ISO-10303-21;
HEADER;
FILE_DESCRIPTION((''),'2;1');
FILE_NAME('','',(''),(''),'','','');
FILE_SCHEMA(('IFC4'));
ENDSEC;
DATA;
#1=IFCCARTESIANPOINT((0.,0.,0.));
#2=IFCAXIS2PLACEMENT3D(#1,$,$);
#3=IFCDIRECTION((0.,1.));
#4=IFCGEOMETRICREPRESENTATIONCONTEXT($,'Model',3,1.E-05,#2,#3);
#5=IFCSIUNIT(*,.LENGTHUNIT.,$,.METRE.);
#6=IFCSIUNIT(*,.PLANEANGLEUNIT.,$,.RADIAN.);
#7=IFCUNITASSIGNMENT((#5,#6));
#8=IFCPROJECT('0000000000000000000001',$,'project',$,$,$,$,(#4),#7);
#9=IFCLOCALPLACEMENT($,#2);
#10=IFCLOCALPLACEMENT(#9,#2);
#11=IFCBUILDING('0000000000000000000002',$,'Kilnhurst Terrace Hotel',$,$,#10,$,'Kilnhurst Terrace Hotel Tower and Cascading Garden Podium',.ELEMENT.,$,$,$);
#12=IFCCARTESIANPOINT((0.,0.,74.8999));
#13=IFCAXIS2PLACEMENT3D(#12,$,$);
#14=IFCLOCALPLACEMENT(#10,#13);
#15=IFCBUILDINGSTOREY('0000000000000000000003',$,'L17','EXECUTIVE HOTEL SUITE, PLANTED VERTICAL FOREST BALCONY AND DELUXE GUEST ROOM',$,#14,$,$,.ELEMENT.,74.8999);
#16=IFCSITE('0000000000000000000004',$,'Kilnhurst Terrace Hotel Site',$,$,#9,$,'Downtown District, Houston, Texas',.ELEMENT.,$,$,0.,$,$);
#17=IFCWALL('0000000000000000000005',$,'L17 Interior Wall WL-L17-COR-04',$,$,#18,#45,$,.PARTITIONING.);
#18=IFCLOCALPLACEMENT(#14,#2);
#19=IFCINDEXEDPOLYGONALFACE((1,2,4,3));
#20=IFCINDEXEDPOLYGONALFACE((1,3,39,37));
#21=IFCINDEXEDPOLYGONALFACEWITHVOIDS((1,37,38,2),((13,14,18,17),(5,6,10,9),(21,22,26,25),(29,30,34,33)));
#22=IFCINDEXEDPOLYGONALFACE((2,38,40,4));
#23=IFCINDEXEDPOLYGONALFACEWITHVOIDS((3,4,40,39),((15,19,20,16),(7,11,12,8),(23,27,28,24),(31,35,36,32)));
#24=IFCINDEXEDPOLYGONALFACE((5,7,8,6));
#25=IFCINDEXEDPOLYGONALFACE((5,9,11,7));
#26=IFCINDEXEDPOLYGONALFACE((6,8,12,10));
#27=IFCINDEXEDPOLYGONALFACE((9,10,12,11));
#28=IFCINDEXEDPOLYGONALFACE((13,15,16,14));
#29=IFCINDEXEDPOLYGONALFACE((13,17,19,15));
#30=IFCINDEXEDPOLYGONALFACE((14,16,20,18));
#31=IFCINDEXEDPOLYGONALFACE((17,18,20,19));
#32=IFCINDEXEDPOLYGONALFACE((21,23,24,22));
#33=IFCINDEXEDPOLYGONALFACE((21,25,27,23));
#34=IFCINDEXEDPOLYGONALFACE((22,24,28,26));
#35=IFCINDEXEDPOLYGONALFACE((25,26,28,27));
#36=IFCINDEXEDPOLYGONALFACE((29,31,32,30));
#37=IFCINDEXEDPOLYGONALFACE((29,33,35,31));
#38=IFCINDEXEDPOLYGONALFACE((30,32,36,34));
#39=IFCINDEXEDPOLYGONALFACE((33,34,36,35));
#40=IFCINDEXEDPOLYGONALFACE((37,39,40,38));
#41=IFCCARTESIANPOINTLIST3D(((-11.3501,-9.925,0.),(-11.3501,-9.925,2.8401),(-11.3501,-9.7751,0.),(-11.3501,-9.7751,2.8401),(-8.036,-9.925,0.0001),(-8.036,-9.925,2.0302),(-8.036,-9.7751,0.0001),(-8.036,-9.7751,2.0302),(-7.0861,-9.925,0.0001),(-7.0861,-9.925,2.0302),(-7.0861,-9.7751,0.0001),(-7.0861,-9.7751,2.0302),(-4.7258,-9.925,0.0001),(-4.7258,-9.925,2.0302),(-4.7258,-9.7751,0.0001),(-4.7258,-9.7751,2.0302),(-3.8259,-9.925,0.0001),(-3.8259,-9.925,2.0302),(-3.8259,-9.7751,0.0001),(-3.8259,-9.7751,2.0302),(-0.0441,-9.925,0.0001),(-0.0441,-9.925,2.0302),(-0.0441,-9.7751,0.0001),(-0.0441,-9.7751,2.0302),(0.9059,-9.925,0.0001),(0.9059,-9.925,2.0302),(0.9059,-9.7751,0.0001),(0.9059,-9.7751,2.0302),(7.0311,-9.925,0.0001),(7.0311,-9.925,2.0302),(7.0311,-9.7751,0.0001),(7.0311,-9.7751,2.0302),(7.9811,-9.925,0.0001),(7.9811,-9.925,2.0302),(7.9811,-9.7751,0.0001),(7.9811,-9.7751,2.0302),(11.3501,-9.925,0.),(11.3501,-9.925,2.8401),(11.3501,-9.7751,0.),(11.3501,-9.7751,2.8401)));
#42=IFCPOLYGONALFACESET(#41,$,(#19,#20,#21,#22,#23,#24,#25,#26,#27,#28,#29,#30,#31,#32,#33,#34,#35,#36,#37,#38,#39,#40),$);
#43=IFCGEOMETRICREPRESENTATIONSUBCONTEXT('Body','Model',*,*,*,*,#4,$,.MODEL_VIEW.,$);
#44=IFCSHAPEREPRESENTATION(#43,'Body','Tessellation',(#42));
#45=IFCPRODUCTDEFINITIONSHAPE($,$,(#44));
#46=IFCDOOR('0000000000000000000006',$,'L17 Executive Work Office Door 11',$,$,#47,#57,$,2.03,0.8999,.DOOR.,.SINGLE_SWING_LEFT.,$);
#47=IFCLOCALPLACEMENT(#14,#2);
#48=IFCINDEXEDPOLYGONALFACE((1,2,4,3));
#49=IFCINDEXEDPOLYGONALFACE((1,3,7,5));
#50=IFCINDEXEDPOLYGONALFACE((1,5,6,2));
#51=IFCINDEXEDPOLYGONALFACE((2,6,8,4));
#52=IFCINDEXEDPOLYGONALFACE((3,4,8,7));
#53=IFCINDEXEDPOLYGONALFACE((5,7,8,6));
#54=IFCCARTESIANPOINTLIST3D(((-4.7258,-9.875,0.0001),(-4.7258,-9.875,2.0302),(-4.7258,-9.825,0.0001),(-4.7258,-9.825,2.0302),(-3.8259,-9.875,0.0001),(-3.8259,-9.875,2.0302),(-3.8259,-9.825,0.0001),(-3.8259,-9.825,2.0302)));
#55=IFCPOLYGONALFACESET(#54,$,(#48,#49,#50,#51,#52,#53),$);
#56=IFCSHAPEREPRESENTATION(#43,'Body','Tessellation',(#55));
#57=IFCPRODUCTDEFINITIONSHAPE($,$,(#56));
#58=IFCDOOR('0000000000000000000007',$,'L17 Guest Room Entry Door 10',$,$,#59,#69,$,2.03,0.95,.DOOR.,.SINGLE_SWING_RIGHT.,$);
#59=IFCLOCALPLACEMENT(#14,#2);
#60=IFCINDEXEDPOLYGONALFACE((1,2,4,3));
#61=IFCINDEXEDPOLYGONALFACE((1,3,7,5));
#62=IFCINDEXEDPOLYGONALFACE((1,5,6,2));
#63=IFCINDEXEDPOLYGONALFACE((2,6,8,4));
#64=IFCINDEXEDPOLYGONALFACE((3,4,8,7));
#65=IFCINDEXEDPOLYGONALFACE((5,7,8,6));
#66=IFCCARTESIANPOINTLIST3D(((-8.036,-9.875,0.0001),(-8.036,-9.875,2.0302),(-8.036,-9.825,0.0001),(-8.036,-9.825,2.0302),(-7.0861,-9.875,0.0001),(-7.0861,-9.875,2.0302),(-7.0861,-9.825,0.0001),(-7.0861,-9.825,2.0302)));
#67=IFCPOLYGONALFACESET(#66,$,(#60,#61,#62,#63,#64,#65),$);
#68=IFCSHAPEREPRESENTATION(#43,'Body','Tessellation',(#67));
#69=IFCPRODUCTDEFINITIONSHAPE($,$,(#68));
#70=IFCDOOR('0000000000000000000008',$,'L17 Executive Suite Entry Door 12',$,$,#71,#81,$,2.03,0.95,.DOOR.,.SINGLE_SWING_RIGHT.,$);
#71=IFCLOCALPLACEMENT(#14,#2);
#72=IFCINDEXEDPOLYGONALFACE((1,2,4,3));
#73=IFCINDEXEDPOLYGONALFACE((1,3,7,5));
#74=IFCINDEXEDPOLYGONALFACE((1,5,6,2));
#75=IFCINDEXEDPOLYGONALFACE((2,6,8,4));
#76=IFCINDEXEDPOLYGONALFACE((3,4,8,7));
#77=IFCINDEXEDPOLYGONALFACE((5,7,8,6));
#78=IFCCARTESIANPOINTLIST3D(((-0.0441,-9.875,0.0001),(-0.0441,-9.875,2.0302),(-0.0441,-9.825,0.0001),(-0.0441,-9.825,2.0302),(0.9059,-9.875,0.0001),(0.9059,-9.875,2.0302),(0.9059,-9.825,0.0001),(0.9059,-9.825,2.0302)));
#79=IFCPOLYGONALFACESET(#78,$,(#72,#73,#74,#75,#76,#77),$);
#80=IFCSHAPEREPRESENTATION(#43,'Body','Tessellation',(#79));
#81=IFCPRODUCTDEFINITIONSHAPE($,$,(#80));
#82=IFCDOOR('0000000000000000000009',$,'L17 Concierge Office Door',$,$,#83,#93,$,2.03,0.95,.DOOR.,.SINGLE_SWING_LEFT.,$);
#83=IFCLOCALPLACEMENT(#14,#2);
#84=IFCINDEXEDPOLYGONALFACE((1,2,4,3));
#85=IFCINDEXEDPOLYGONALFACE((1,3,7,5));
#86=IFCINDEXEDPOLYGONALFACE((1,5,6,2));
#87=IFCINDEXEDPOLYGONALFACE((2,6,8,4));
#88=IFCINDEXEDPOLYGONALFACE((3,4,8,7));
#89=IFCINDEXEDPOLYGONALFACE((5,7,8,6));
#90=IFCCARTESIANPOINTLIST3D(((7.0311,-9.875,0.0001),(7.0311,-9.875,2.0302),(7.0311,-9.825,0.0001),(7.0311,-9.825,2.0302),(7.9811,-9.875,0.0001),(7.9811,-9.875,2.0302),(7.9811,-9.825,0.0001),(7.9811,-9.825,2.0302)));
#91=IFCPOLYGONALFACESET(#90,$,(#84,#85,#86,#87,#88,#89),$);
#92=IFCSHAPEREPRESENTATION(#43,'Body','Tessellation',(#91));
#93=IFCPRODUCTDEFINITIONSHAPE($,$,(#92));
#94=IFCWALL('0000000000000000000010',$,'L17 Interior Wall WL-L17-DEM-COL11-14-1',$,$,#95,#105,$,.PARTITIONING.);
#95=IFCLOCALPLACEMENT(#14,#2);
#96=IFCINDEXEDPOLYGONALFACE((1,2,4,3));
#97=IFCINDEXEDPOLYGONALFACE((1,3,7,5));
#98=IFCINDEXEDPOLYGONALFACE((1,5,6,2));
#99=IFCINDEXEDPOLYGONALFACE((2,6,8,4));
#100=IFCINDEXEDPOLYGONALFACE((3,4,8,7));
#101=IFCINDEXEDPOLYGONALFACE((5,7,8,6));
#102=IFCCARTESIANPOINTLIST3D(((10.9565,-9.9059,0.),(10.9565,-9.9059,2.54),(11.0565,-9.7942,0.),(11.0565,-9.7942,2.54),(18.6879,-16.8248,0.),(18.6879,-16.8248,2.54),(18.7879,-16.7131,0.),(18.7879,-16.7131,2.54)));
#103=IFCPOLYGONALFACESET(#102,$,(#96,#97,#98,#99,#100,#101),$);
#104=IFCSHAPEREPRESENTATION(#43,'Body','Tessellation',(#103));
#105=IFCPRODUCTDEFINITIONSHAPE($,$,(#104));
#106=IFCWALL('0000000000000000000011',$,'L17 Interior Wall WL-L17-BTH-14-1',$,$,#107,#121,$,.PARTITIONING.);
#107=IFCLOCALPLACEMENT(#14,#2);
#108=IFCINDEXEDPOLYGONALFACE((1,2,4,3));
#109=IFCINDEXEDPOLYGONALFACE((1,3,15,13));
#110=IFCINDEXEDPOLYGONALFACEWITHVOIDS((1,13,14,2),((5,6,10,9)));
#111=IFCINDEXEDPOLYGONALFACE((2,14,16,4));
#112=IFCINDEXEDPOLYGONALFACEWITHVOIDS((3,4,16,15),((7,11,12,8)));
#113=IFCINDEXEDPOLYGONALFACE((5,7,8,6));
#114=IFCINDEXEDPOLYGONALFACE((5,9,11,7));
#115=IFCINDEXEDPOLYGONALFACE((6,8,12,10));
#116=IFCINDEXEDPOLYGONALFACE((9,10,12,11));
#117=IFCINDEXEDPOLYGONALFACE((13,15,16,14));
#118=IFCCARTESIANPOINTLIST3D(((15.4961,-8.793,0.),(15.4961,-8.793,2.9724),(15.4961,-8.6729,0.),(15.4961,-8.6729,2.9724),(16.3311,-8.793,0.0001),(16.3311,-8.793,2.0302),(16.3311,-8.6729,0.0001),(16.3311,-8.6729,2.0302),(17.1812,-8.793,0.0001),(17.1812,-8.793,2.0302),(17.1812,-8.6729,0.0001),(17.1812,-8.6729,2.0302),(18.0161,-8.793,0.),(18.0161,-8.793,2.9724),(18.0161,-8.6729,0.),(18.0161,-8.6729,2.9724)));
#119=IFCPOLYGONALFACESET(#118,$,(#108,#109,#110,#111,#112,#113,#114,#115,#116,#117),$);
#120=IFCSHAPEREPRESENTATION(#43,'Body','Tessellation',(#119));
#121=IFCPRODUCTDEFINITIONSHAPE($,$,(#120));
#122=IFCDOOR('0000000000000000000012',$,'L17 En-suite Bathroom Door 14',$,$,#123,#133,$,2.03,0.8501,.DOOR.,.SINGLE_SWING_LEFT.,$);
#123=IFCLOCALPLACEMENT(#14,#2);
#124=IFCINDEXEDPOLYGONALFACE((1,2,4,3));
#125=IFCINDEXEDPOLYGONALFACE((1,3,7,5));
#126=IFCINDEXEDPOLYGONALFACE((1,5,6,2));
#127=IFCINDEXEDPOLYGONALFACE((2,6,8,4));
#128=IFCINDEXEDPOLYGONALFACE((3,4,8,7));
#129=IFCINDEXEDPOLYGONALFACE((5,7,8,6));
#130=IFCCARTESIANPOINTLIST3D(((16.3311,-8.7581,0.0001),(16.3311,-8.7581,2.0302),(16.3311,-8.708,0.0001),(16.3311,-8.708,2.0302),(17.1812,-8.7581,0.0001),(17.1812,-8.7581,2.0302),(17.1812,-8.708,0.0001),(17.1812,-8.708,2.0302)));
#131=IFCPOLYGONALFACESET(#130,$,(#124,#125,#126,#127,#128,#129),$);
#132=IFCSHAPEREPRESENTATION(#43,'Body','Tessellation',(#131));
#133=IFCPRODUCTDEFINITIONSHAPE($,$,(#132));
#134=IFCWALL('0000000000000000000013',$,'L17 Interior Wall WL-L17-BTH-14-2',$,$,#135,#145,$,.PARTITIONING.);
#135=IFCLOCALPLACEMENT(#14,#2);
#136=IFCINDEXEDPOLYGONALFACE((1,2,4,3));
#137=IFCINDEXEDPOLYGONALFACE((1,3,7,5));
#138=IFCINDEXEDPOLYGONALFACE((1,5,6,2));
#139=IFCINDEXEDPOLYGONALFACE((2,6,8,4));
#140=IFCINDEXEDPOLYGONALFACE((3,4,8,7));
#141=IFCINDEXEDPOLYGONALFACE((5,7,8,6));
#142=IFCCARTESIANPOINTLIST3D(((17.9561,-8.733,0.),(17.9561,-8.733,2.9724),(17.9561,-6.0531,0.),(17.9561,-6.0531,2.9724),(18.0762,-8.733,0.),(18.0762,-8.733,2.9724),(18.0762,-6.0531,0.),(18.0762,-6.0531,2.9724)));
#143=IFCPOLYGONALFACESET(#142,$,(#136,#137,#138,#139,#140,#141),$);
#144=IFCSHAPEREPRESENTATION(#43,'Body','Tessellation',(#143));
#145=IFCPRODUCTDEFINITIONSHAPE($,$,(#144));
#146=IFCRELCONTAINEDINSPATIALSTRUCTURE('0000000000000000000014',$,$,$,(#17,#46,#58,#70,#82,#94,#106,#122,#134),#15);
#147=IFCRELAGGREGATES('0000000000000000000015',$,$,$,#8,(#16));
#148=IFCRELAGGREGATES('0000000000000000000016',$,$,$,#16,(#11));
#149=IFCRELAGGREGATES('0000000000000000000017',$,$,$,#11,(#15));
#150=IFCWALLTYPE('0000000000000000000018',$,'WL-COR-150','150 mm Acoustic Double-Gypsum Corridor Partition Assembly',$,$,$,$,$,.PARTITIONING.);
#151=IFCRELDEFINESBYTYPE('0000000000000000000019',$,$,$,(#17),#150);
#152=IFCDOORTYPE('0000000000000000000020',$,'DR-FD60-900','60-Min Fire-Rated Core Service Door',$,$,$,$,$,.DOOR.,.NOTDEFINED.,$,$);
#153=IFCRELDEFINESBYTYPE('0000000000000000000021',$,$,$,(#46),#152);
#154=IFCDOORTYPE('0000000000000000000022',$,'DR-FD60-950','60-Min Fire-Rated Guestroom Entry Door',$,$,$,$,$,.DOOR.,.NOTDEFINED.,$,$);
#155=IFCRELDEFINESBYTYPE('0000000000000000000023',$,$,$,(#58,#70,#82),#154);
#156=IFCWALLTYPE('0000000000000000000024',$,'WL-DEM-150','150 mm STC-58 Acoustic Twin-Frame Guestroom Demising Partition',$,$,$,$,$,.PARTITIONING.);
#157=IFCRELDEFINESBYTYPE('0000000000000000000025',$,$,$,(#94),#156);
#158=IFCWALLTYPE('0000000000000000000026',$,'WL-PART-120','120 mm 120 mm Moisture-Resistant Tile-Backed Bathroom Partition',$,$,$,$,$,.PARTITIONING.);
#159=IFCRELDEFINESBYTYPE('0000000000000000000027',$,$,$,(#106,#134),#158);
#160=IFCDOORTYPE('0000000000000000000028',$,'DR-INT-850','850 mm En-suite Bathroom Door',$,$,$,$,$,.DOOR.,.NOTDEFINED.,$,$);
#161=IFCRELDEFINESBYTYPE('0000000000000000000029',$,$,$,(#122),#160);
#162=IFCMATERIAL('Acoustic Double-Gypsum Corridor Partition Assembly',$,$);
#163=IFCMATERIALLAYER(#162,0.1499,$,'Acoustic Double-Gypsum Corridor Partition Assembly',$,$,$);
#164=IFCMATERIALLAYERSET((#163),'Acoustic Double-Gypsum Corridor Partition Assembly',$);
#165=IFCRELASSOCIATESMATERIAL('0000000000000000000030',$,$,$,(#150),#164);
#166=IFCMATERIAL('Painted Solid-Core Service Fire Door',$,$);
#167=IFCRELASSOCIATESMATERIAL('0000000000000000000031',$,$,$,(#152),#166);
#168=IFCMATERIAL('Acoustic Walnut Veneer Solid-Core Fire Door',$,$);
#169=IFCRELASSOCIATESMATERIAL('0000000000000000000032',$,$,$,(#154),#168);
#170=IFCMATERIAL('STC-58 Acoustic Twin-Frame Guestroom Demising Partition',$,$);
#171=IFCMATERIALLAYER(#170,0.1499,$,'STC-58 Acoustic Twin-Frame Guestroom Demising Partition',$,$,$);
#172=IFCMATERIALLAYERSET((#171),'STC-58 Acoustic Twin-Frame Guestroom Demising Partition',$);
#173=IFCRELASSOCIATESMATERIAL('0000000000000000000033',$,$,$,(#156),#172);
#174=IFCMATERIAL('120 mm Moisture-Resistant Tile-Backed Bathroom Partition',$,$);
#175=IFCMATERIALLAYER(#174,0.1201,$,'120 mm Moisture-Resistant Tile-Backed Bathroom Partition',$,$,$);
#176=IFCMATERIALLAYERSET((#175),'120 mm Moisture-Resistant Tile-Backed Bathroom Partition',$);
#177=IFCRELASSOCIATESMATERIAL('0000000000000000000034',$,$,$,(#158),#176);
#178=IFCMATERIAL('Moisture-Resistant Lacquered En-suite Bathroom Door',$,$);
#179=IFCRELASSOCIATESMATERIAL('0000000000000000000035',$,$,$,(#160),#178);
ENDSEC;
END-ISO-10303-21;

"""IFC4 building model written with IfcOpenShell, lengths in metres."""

from ifc_helpers import new_model, si_unit, direction, frame, frame_2d, origin, place, context, subcontext, project, spatial, rectangle, extrude, material, layer, layer_set, type_object, element, fill, save


model = new_model("IFC4")

# Units and contexts
model_context = context("Model", 3, precision=1e-05, world=origin(), true_north=direction((0.0, 1.0)))
body_context = subcontext(model_context, "Body", "Model", "MODEL_VIEW")
ifc_project = project(units=[si_unit("LENGTHUNIT", "METRE"), si_unit("PLANEANGLEUNIT", "RADIAN")], contexts=[model_context])

# Site, building, storey
site_placement = place(None, origin())
site = spatial("IfcSite", under=ifc_project, at=site_placement, Name="Kilnhurst Terrace Hotel Site", LongName="Downtown District, Houston, Texas", CompositionType="ELEMENT", RefElevation=0.0)
building_placement = place(site_placement, origin())
building = spatial("IfcBuilding", under=site, at=building_placement, Name="Kilnhurst Terrace Hotel", LongName="Kilnhurst Terrace Hotel Tower and Cascading Garden Podium", CompositionType="ELEMENT")
storey_placement = place(building_placement, frame((0.0, 0.0, 74.8999)))
storey = spatial("IfcBuildingStorey", under=building, at=storey_placement, Name="L17", Description="EXECUTIVE HOTEL SUITE, PLANTED VERTICAL FOREST BALCONY AND DELUXE GUEST ROOM", CompositionType="ELEMENT", Elevation=74.8999)

# Wall, openings, doors
ifc_material_1 = material(Name="Acoustic Double-Gypsum Corridor Partition Assembly")
ifc_layer_1 = layer(ifc_material_1, 0.1499, Name="Acoustic Double-Gypsum Corridor Partition Assembly")
ifc_layer_set_1 = layer_set([ifc_layer_1], Name="Acoustic Double-Gypsum Corridor Partition Assembly")
wall_type_1 = type_object("IfcWallType", Name="WL-COR-150", Description="150 mm Acoustic Double-Gypsum Corridor Partition Assembly", PredefinedType="PARTITIONING", material=ifc_layer_set_1)
wall_1_placement = place(storey_placement, frame((11.3501, -9.8501, 0.0), z_axis=(0.0, 0.0, 1.0), x_axis=(-1.0, 0.0, 0.0)))
wall_1 = element("IfcWall", 1, at=wall_1_placement, inside=storey, type_object=wall_type_1, Name="L17 Interior Wall WL-L17-COR-04", PredefinedType="PARTITIONING", context=body_context, shape_type="SweptSolid", body=[
    extrude(rectangle(XDim=22.7002, YDim=0.1499, at=frame_2d((11.3501, 0.0))), origin(), (0.0, 0.0, 1.0), 2.8401),
])
opening_1_placement = place(wall_1_placement, frame((18.436, 0.0, 0.0)))
opening_1 = element("IfcOpeningElement", 2, at=opening_1_placement, cuts=wall_1, PredefinedType="OPENING", context=body_context, shape_type="SweptSolid", body=[
    extrude(rectangle(XDim=0.95, YDim=2.03, at=frame_2d((0.4751, 1.0151))), frame((0.0, 0.085, 0.0), z_axis=(0.0, -1.0, 0.0), x_axis=(1.0, 0.0, 0.0)), (0.0, 0.0, 1.0), 0.1699),
])
opening_2_placement = place(wall_1_placement, frame((15.176, 0.0, 0.0)))
opening_2 = element("IfcOpeningElement", 3, at=opening_2_placement, cuts=wall_1, PredefinedType="OPENING", context=body_context, shape_type="SweptSolid", body=[
    extrude(rectangle(XDim=0.8999, YDim=2.03, at=frame_2d((0.45, 1.0151))), frame((0.0, 0.085, 0.0), z_axis=(0.0, -1.0, 0.0), x_axis=(1.0, 0.0, 0.0)), (0.0, 0.0, 1.0), 0.1699),
])
opening_3_placement = place(wall_1_placement, frame((10.4441, 0.0, 0.0)))
opening_3 = element("IfcOpeningElement", 4, at=opening_3_placement, cuts=wall_1, PredefinedType="OPENING", context=body_context, shape_type="SweptSolid", body=[
    extrude(rectangle(XDim=0.95, YDim=2.03, at=frame_2d((0.4751, 1.0151))), frame((0.0, 0.085, 0.0), z_axis=(0.0, -1.0, 0.0), x_axis=(1.0, 0.0, 0.0)), (0.0, 0.0, 1.0), 0.1699),
])
opening_4_placement = place(wall_1_placement, frame((3.3689, 0.0, 0.0)))
opening_4 = element("IfcOpeningElement", 5, at=opening_4_placement, cuts=wall_1, PredefinedType="OPENING", context=body_context, shape_type="SweptSolid", body=[
    extrude(rectangle(XDim=0.95, YDim=2.03, at=frame_2d((0.4751, 1.0151))), frame((0.0, 0.085, 0.0), z_axis=(0.0, -1.0, 0.0), x_axis=(1.0, 0.0, 0.0)), (0.0, 0.0, 1.0), 0.1699),
])
ifc_material_2 = material(Name="Painted Solid-Core Service Fire Door")
door_type_1 = type_object("IfcDoorType", Name="DR-FD60-900", Description="60-Min Fire-Rated Core Service Door", OperationType="NOTDEFINED", PredefinedType="DOOR", material=ifc_material_2)
door_1_placement = place(opening_2_placement, origin())
door_1 = element("IfcDoor", 6, at=door_1_placement, inside=storey, type_object=door_type_1, Name="L17 Executive Work Office Door 11", OperationType="SINGLE_SWING_LEFT", OverallHeight=2.03, OverallWidth=0.8999, PredefinedType="DOOR", context=body_context, shape_type="SweptSolid", body=[
    extrude(rectangle(XDim=0.8999, YDim=2.03, at=frame_2d((0.45, 1.0151))), frame((0.0, 0.0249, 0.0), z_axis=(0.0, -1.0, 0.0), x_axis=(1.0, 0.0, 0.0)), (0.0, 0.0, 1.0), 0.05),
])
fill(opening_2, door_1)
ifc_material_3 = material(Name="Acoustic Walnut Veneer Solid-Core Fire Door")
door_type_2 = type_object("IfcDoorType", Name="DR-FD60-950", Description="60-Min Fire-Rated Guestroom Entry Door", OperationType="NOTDEFINED", PredefinedType="DOOR", material=ifc_material_3)
door_2_placement = place(opening_1_placement, origin())
door_2 = element("IfcDoor", 7, at=door_2_placement, inside=storey, type_object=door_type_2, Name="L17 Guest Room Entry Door 10", OperationType="SINGLE_SWING_RIGHT", OverallHeight=2.03, OverallWidth=0.95, PredefinedType="DOOR", context=body_context, shape_type="SweptSolid", body=[
    extrude(rectangle(XDim=0.95, YDim=2.03, at=frame_2d((0.4751, 1.0151))), frame((0.0, 0.0249, 0.0), z_axis=(0.0, -1.0, 0.0), x_axis=(1.0, 0.0, 0.0)), (0.0, 0.0, 1.0), 0.05),
])
fill(opening_1, door_2)
door_3_placement = place(opening_3_placement, origin())
door_3 = element("IfcDoor", 8, at=door_3_placement, inside=storey, type_object=door_type_2, Name="L17 Executive Suite Entry Door 12", OperationType="SINGLE_SWING_RIGHT", OverallHeight=2.03, OverallWidth=0.95, PredefinedType="DOOR", context=body_context, shape_type="SweptSolid", body=[
    extrude(rectangle(XDim=0.95, YDim=2.03, at=frame_2d((0.4751, 1.0151))), frame((0.0, 0.0249, 0.0), z_axis=(0.0, -1.0, 0.0), x_axis=(1.0, 0.0, 0.0)), (0.0, 0.0, 1.0), 0.05),
])
fill(opening_3, door_3)
door_4_placement = place(opening_4_placement, origin())
door_4 = element("IfcDoor", 9, at=door_4_placement, inside=storey, type_object=door_type_2, Name="L17 Concierge Office Door", OperationType="SINGLE_SWING_LEFT", OverallHeight=2.03, OverallWidth=0.95, PredefinedType="DOOR", context=body_context, shape_type="SweptSolid", body=[
    extrude(rectangle(XDim=0.95, YDim=2.03, at=frame_2d((0.4751, 1.0151))), frame((0.0, 0.0249, 0.0), z_axis=(0.0, -1.0, 0.0), x_axis=(1.0, 0.0, 0.0)), (0.0, 0.0, 1.0), 0.05),
])
fill(opening_4, door_4)

# Wall
ifc_material_4 = material(Name="STC-58 Acoustic Twin-Frame Guestroom Demising Partition")
ifc_layer_2 = layer(ifc_material_4, 0.1499, Name="STC-58 Acoustic Twin-Frame Guestroom Demising Partition")
ifc_layer_set_2 = layer_set([ifc_layer_2], Name="STC-58 Acoustic Twin-Frame Guestroom Demising Partition")
wall_type_2 = type_object("IfcWallType", Name="WL-DEM-150", Description="150 mm STC-58 Acoustic Twin-Frame Guestroom Demising Partition", PredefinedType="PARTITIONING", material=ifc_layer_set_2)
wall_2_placement = place(storey_placement, frame((11.0066, -9.8501, 0.0), z_axis=(0.0, 0.0, 1.0), x_axis=(0.745177, -0.666866, 0.0)))
element("IfcWall", 10, at=wall_2_placement, inside=storey, type_object=wall_type_2, Name="L17 Interior Wall WL-L17-DEM-COL11-14-1", PredefinedType="PARTITIONING", context=body_context, shape_type="SweptSolid", body=[
    extrude(rectangle(XDim=10.3752, YDim=0.1499, at=frame_2d((5.1875, 0.0))), origin(), (0.0, 0.0, 1.0), 2.54),
])

# Wall, opening, door
ifc_material_5 = material(Name="120 mm Moisture-Resistant Tile-Backed Bathroom Partition")
ifc_layer_3 = layer(ifc_material_5, 0.1201, Name="120 mm Moisture-Resistant Tile-Backed Bathroom Partition")
ifc_layer_set_3 = layer_set([ifc_layer_3], Name="120 mm Moisture-Resistant Tile-Backed Bathroom Partition")
wall_type_3 = type_object("IfcWallType", Name="WL-PART-120", Description="120 mm 120 mm Moisture-Resistant Tile-Backed Bathroom Partition", PredefinedType="PARTITIONING", material=ifc_layer_set_3)
wall_3_placement = place(storey_placement, frame((15.4961, -8.7329, 0.0), z_axis=(0.0, 0.0, 1.0), x_axis=(1.0, 0.0, 0.0)))
wall_3 = element("IfcWall", 11, at=wall_3_placement, inside=storey, type_object=wall_type_3, Name="L17 Interior Wall WL-L17-BTH-14-1", PredefinedType="PARTITIONING", context=body_context, shape_type="SweptSolid", body=[
    extrude(rectangle(XDim=2.52, YDim=0.1201, at=frame_2d((1.26, 0.0))), origin(), (0.0, 0.0, 1.0), 2.9724),
])
opening_5_placement = place(wall_3_placement, frame((0.835, 0.0, 0.0)))
opening_5 = element("IfcOpeningElement", 12, at=opening_5_placement, cuts=wall_3, PredefinedType="OPENING", context=body_context, shape_type="SweptSolid", body=[
    extrude(rectangle(XDim=0.8501, YDim=2.03, at=frame_2d((0.425, 1.0151))), frame((0.0, 0.0701, 0.0), z_axis=(0.0, -1.0, 0.0), x_axis=(1.0, 0.0, 0.0)), (0.0, 0.0, 1.0), 0.1401),
])
ifc_material_6 = material(Name="Moisture-Resistant Lacquered En-suite Bathroom Door")
door_type_3 = type_object("IfcDoorType", Name="DR-INT-850", Description="850 mm En-suite Bathroom Door", OperationType="NOTDEFINED", PredefinedType="DOOR", material=ifc_material_6)
door_5_placement = place(opening_5_placement, origin())
door_5 = element("IfcDoor", 13, at=door_5_placement, inside=storey, type_object=door_type_3, Name="L17 En-suite Bathroom Door 14", OperationType="SINGLE_SWING_LEFT", OverallHeight=2.03, OverallWidth=0.8501, PredefinedType="DOOR", context=body_context, shape_type="SweptSolid", body=[
    extrude(rectangle(XDim=0.8501, YDim=2.03, at=frame_2d((0.425, 1.0151))), frame((0.0, 0.0249, 0.0), z_axis=(0.0, -1.0, 0.0), x_axis=(1.0, 0.0, 0.0)), (0.0, 0.0, 1.0), 0.05),
])
fill(opening_5, door_5)

# Wall
wall_4_placement = place(storey_placement, frame((18.0161, -8.7329, 0.0), z_axis=(0.0, 0.0, 1.0), x_axis=(0.0, 1.0, 0.0)))
element("IfcWall", 14, at=wall_4_placement, inside=storey, type_object=wall_type_3, Name="L17 Interior Wall WL-L17-BTH-14-2", PredefinedType="PARTITIONING", context=body_context, shape_type="SweptSolid", body=[
    extrude(rectangle(XDim=2.6799, YDim=0.1201, at=frame_2d((1.3398, 0.0))), origin(), (0.0, 0.0, 1.0), 2.9724),
])

save(model, "model.ifc")
